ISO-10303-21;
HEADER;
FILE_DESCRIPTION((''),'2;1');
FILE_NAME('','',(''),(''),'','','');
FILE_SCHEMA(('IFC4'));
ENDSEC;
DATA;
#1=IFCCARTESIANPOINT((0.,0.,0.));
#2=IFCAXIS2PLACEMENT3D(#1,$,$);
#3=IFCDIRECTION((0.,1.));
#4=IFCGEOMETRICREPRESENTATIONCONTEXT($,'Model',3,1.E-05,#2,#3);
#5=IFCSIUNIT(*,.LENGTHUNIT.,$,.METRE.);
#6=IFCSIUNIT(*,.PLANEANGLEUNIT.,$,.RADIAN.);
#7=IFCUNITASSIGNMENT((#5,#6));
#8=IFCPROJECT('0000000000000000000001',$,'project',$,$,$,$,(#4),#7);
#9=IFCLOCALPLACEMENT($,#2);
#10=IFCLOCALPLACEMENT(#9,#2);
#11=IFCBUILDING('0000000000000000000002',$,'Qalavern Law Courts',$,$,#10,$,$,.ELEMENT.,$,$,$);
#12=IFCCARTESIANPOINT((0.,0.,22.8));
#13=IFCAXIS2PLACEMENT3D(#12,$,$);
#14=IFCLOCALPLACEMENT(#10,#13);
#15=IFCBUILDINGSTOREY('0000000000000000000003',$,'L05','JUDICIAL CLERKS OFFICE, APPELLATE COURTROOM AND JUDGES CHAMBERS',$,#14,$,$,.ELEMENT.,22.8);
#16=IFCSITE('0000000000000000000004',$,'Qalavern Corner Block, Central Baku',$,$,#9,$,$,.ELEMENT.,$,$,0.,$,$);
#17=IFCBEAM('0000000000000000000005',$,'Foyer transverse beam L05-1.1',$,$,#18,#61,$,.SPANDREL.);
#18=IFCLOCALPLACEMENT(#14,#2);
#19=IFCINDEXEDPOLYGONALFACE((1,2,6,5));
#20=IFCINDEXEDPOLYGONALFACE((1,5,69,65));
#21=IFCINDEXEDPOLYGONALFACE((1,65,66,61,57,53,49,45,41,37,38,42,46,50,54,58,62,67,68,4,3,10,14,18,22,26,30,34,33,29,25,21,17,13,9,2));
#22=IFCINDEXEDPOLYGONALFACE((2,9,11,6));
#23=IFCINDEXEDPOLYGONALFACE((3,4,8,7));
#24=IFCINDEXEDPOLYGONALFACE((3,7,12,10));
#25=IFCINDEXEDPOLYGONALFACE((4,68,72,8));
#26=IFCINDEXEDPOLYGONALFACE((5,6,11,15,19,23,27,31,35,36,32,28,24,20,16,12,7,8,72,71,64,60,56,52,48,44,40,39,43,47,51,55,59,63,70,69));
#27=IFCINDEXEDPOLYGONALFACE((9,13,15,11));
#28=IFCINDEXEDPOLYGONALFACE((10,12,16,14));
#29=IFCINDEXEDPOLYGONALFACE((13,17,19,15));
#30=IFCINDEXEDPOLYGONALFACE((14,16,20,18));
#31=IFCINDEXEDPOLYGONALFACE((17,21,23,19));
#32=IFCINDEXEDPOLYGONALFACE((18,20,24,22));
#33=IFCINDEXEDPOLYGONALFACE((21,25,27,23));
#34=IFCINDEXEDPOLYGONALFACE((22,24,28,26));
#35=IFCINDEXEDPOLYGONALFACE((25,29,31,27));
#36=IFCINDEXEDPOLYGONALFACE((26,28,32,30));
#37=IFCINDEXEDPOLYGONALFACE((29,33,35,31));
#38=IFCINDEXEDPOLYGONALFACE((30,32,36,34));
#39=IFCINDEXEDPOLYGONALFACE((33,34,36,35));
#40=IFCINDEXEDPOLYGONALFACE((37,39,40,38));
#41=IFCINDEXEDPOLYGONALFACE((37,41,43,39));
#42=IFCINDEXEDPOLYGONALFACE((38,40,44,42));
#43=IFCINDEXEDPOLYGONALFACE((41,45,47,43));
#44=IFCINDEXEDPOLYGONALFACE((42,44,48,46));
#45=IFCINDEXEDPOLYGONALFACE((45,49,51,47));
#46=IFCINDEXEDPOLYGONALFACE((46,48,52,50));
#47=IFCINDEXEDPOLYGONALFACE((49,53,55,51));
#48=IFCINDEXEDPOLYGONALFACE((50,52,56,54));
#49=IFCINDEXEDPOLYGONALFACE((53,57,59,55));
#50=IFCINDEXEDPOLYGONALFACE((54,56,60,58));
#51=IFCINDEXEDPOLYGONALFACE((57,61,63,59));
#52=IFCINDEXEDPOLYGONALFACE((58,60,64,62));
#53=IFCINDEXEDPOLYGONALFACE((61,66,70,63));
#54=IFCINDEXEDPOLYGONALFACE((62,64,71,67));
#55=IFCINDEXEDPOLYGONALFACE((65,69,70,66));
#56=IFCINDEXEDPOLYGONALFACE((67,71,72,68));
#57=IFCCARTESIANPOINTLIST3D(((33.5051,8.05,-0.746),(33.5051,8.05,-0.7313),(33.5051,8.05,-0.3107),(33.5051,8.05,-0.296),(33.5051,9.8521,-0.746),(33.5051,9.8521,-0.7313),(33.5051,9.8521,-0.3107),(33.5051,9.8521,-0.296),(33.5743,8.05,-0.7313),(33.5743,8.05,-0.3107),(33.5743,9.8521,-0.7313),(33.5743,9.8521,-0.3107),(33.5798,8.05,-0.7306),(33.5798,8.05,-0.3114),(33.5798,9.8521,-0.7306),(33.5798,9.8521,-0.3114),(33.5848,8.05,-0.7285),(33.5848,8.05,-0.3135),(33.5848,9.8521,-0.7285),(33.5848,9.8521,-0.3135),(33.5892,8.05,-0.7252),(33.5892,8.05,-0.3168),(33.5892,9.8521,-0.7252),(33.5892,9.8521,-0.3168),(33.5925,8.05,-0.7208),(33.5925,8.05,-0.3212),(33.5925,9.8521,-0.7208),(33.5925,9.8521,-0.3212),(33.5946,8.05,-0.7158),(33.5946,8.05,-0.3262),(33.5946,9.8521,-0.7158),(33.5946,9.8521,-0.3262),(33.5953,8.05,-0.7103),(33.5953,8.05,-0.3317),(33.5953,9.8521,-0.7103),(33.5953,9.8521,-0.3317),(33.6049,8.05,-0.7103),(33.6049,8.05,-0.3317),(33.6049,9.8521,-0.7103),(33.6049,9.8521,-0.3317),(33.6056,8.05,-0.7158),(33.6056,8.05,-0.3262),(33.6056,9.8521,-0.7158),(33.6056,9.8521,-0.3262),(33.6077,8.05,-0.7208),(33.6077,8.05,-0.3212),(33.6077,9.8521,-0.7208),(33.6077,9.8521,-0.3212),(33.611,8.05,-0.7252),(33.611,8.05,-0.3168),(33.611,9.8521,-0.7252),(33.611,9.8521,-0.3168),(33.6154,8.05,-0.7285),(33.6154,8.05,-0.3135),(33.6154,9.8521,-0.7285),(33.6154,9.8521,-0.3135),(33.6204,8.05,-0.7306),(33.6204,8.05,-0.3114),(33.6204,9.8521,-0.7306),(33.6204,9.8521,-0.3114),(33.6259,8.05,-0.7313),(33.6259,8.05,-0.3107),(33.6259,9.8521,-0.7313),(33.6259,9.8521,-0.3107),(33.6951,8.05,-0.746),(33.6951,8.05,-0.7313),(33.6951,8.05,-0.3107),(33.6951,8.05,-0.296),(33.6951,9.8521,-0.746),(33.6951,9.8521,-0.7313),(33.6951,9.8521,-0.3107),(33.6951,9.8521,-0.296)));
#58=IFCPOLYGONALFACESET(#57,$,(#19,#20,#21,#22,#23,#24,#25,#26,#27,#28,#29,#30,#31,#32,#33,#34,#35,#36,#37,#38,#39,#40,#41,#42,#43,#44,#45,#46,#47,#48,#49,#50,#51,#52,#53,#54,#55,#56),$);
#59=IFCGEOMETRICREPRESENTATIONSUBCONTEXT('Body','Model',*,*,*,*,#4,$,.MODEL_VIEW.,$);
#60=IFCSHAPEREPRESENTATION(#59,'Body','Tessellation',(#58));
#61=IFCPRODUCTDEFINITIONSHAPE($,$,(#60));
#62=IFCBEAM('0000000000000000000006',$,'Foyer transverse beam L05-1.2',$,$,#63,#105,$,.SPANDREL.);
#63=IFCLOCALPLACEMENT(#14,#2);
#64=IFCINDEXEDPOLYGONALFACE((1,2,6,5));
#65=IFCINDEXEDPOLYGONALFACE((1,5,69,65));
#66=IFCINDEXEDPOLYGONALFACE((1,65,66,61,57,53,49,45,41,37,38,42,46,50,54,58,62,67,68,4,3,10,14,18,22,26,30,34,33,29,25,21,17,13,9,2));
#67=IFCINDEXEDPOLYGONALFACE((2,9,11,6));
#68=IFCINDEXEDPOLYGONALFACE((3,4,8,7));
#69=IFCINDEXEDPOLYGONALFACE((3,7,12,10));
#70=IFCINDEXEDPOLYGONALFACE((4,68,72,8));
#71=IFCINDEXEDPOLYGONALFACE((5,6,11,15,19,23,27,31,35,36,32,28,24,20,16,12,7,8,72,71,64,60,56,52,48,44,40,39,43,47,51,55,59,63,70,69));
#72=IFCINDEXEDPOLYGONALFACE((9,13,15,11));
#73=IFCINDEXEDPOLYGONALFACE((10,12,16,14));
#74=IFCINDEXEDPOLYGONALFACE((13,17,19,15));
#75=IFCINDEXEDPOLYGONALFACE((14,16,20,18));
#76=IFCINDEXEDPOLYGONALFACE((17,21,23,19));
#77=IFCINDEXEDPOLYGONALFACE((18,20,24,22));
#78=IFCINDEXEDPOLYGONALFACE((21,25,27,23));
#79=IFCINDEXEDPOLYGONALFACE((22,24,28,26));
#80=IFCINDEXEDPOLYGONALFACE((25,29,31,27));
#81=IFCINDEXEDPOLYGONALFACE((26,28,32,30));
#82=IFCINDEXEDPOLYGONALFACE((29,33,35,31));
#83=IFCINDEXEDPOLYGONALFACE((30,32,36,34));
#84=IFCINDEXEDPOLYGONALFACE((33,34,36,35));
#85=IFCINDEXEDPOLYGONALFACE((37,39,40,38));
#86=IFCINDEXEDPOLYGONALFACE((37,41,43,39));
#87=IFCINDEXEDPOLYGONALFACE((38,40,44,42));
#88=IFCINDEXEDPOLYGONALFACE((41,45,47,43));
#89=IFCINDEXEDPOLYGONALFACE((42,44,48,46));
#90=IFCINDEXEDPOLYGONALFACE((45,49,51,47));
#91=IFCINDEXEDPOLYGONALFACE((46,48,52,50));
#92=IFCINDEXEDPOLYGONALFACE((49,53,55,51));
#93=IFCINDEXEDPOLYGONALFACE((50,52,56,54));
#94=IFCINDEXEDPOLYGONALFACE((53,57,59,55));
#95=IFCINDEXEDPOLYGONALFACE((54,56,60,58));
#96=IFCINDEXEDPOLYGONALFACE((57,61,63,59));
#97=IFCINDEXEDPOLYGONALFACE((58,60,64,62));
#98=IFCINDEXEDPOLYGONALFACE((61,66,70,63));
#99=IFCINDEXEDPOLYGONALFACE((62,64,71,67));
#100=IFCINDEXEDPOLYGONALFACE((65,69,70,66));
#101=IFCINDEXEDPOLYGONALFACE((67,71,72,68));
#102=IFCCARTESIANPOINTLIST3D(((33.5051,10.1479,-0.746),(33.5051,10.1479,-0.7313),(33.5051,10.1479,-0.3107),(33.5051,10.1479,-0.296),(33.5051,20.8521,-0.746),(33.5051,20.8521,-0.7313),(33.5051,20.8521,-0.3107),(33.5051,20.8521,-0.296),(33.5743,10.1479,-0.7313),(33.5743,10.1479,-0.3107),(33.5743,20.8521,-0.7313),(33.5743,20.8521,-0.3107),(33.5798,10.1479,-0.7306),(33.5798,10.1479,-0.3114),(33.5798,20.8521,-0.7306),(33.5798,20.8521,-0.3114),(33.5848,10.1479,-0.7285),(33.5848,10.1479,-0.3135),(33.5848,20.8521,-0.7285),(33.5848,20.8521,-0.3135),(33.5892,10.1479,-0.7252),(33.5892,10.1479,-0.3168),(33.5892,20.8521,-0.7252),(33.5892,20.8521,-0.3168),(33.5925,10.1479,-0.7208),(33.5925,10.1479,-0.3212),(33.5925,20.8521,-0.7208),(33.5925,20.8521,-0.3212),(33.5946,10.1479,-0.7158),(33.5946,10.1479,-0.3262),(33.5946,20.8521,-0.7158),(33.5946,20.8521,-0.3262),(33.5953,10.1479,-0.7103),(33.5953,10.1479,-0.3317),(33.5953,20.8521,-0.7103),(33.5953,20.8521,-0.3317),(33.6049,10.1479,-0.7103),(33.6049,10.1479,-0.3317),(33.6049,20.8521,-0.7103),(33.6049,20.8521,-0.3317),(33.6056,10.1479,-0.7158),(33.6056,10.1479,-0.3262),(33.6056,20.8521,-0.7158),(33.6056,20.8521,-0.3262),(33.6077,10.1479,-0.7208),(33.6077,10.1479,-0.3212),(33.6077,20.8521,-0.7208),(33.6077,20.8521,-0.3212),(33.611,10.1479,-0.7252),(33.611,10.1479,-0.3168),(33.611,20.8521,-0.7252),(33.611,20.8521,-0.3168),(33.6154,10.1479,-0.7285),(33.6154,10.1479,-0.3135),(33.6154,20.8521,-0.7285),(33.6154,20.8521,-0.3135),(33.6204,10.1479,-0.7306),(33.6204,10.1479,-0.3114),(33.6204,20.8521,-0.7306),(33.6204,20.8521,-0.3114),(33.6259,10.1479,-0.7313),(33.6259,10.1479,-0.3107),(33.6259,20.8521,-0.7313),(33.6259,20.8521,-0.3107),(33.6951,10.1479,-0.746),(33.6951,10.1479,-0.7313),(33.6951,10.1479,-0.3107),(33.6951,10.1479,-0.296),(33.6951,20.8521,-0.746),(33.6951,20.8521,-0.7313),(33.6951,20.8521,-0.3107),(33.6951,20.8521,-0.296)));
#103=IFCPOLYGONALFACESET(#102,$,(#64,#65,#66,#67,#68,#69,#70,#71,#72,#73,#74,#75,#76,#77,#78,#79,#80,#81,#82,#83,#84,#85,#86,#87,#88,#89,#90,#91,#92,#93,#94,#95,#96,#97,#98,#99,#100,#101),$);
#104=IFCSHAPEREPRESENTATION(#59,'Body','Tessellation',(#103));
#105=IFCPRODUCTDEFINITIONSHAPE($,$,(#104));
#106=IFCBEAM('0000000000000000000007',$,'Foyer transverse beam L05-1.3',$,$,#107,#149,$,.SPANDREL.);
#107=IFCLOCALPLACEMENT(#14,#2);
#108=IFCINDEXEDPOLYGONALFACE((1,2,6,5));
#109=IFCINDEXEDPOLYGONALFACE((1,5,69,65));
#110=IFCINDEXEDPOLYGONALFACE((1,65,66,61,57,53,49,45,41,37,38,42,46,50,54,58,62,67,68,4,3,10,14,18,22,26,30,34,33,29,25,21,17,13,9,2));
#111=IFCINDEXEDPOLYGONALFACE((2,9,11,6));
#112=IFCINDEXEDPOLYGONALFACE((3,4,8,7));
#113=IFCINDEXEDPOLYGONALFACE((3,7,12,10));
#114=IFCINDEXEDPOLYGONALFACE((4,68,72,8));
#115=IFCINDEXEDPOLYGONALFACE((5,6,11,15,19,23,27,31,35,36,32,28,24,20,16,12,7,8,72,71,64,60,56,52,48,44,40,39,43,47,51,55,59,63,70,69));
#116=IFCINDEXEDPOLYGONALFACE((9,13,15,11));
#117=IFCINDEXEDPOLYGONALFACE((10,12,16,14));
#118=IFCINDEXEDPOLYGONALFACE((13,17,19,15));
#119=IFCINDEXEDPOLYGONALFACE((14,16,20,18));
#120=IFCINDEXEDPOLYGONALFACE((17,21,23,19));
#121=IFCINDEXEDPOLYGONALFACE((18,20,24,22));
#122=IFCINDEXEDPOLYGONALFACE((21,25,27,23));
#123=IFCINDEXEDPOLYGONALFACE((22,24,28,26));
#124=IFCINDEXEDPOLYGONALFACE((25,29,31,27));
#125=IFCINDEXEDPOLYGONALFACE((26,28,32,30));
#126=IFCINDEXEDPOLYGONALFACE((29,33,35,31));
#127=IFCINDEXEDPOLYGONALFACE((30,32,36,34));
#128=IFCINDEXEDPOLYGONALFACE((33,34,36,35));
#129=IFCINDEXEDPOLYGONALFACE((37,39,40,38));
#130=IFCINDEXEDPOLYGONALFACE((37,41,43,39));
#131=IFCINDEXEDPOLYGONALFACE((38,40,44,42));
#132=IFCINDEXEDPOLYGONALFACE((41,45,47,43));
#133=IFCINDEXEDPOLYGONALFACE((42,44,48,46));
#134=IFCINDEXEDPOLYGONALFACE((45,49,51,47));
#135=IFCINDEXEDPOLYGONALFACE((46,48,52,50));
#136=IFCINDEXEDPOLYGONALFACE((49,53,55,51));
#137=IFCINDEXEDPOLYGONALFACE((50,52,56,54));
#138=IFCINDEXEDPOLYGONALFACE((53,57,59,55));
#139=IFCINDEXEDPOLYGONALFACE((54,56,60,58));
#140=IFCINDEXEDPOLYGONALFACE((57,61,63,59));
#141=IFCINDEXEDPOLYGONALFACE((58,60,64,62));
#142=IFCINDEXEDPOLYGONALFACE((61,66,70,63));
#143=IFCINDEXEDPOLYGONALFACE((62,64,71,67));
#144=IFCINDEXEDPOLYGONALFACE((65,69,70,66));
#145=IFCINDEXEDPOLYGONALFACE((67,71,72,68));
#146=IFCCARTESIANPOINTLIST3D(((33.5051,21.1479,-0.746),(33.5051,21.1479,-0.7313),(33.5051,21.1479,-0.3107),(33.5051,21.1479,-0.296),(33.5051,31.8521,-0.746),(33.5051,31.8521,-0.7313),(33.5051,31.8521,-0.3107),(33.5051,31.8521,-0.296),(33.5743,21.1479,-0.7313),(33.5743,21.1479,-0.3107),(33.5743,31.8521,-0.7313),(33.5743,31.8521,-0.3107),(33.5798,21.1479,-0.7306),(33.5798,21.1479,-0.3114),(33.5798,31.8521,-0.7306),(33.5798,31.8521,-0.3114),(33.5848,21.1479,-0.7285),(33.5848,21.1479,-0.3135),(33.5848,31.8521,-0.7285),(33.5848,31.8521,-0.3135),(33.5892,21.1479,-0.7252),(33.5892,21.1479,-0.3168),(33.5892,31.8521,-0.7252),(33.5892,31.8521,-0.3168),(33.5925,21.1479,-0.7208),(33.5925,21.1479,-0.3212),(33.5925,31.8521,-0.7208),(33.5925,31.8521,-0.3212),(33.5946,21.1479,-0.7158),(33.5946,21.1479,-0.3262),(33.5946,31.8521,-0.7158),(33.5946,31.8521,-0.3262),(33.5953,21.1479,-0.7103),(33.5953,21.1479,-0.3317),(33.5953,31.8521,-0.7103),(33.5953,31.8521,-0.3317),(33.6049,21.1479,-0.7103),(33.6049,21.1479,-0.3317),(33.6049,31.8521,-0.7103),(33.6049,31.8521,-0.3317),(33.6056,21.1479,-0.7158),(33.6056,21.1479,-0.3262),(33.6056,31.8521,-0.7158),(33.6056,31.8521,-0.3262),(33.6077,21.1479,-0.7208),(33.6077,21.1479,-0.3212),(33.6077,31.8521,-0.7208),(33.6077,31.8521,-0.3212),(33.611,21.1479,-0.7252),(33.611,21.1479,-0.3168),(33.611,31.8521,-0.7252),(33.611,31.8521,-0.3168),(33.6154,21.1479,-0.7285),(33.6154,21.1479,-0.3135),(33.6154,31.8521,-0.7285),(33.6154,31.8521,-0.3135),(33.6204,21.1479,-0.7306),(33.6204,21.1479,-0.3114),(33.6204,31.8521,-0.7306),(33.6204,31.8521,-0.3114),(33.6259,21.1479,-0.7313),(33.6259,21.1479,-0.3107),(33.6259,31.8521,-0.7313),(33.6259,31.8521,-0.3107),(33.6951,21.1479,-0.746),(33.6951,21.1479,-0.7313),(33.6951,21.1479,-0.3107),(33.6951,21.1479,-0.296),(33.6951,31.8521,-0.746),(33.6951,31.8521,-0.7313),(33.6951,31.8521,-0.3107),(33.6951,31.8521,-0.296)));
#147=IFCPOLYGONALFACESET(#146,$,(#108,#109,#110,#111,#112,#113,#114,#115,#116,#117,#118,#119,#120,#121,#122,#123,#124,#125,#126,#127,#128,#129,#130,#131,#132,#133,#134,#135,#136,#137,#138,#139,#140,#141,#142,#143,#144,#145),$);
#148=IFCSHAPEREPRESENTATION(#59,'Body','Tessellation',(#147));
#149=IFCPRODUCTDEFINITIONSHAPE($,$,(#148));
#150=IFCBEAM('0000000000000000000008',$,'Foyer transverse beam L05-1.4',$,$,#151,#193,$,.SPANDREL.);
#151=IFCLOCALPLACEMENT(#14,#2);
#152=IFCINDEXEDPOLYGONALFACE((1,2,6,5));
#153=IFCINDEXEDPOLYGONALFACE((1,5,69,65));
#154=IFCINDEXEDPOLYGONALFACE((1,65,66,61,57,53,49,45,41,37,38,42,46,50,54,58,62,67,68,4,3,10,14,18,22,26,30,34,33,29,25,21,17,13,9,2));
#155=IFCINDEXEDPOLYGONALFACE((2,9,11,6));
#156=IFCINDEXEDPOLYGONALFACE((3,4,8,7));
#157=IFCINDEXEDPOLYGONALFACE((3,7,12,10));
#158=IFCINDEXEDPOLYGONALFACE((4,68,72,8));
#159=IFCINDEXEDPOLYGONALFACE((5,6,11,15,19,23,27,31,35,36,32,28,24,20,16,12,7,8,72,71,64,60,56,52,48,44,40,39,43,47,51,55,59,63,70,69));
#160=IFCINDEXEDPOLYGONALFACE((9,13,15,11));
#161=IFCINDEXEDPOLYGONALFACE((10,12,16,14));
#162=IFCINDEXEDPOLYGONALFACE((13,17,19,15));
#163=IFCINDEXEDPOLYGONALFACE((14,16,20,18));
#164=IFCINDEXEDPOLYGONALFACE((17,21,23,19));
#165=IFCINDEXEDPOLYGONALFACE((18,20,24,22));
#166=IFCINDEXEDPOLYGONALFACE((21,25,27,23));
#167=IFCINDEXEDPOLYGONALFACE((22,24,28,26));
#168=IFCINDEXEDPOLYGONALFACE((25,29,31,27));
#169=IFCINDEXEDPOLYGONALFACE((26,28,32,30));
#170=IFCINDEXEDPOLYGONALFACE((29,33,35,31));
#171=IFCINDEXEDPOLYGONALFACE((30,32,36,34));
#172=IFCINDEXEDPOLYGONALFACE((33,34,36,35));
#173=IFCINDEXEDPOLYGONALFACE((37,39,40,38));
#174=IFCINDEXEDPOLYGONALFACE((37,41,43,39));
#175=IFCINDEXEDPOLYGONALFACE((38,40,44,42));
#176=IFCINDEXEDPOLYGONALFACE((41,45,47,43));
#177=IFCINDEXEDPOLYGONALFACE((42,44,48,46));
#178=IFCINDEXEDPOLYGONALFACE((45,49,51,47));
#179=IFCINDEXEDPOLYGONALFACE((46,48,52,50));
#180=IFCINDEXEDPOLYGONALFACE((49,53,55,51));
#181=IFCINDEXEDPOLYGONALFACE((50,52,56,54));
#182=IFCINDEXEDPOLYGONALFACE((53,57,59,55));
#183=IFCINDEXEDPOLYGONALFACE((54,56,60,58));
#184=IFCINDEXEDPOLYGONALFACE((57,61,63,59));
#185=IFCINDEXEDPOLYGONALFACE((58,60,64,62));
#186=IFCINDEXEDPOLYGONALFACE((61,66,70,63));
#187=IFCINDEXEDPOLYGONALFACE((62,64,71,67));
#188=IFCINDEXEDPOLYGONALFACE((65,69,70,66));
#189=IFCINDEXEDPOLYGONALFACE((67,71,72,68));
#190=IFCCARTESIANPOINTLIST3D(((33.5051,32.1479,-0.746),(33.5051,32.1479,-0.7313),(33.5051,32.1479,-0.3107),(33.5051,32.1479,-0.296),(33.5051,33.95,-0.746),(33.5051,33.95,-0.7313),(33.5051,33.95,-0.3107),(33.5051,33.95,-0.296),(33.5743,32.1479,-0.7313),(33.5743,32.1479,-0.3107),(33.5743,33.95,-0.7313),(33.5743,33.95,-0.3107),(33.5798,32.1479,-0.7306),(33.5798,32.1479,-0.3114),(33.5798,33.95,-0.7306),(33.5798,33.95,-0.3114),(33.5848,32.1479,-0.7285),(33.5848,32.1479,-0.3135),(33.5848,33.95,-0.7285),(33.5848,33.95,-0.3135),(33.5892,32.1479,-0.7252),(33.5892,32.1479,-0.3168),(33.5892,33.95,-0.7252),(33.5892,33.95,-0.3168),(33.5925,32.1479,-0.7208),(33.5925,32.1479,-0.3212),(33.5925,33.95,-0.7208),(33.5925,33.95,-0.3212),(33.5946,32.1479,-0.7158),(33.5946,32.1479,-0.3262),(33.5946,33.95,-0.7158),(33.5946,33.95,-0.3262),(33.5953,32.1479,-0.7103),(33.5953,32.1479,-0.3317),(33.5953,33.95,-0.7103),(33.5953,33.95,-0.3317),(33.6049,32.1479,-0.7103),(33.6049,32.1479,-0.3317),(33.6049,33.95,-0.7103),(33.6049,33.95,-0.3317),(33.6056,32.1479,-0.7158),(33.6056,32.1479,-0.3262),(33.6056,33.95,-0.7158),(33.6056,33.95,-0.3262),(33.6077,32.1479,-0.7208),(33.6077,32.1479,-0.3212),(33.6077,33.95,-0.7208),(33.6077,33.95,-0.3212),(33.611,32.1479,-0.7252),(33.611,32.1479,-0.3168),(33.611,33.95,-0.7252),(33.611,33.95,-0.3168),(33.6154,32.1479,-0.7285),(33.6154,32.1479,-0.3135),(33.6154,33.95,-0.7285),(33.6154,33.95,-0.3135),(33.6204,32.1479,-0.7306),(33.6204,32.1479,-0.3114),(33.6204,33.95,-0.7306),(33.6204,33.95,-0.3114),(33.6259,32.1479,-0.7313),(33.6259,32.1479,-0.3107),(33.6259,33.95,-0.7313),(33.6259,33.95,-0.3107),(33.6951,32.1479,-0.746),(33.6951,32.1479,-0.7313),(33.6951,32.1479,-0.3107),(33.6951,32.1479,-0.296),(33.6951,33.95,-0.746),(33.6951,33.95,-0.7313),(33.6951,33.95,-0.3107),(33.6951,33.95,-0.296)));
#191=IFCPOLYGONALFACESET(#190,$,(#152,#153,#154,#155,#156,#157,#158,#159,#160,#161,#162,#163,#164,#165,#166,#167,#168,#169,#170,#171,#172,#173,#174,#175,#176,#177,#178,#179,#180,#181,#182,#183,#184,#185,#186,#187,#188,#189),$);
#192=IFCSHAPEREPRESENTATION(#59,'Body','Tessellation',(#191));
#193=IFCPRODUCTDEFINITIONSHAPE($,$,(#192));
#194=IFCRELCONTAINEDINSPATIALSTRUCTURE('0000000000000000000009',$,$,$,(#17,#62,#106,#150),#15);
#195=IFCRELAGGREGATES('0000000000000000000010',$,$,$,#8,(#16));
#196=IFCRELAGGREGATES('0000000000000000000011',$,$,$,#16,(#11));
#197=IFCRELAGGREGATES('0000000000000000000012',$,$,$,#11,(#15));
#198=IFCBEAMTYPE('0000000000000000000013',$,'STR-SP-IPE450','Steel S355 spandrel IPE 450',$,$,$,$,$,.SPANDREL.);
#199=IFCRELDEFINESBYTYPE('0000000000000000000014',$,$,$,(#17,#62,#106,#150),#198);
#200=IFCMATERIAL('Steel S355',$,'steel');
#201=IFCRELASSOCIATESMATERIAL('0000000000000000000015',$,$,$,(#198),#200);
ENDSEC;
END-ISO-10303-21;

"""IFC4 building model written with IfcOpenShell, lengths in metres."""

from ifc_helpers import new_model, si_unit, direction, frame, origin, origin_2d, place, context, subcontext, project, spatial, i_section, extrude, material, material_profile, profile_set, type_object, element, save


model = new_model("IFC4")

# Units and contexts
model_context = context("Model", 3, precision=1e-05, world=origin(), true_north=direction((0.0, 1.0)))
body_context = subcontext(model_context, "Body", "Model", "MODEL_VIEW")
ifc_project = project(units=[si_unit("LENGTHUNIT", "METRE"), si_unit("PLANEANGLEUNIT", "RADIAN")], contexts=[model_context])

# Site, building, storey
site_placement = place(None, origin())
site = spatial("IfcSite", under=ifc_project, at=site_placement, Name="Qalavern Corner Block, Central Baku", CompositionType="ELEMENT", RefElevation=0.0)
building_placement = place(site_placement, origin())
building = spatial("IfcBuilding", under=site, at=building_placement, Name="Qalavern Law Courts", CompositionType="ELEMENT")
storey_placement = place(building_placement, frame((0.0, 0.0, 22.8)))
storey = spatial("IfcBuildingStorey", under=building, at=storey_placement, Name="L05", Description="JUDICIAL CLERKS OFFICE, APPELLATE COURTROOM AND JUDGES CHAMBERS", CompositionType="ELEMENT", Elevation=22.8)

# Beams
ifc_material_1 = material(Name="Steel S355", Category="steel")
ifc_material_profile_1 = material_profile(ifc_material_1, i_section(OverallWidth=0.1899, OverallDepth=0.45, WebThickness=0.0095, FlangeThickness=0.0146, FilletRadius=0.021, at=origin_2d()), Name="IPE 450")
ifc_profile_set_1 = profile_set([ifc_material_profile_1], Name="Steel S355")
beam_type_1 = type_object("IfcBeamType", Name="STR-SP-IPE450", Description="Steel S355 spandrel IPE 450", PredefinedType="SPANDREL", material=ifc_profile_set_1)
beam_1_placement = place(storey_placement, frame((33.6001, 8.05, -0.521), z_axis=(0.0, 1.0, 0.0), x_axis=(-1.0, 0.0, 0.0)))
element("IfcBeam", 1, at=beam_1_placement, inside=storey, type_object=beam_type_1, Name="Foyer transverse beam L05-1.1", PredefinedType="SPANDREL", context=body_context, shape_type="SweptSolid", body=[
    extrude(i_section(OverallWidth=0.1899, OverallDepth=0.45, WebThickness=0.0095, FlangeThickness=0.0146, FilletRadius=0.021, at=origin_2d()), origin(), (0.0, 0.0, 1.0), 1.802),
])
for number, where, z_axis, x_axis, name in (
    (2, (33.6001, 10.1479, -0.521), (0.0, 1.0, 0.0), (-1.0, 0.0, 0.0), "Foyer transverse beam L05-1.2"),
    (3, (33.6001, 21.1479, -0.521), (0.0, 1.0, 0.0), (-1.0, 0.0, 0.0), "Foyer transverse beam L05-1.3"),
):
    element("IfcBeam", number, at=place(storey_placement, frame(where, z_axis=z_axis, x_axis=x_axis)), inside=storey, type_object=beam_type_1, Name=name, PredefinedType="SPANDREL", context=body_context, shape_type="SweptSolid", body=[
        extrude(i_section(OverallWidth=0.1899, OverallDepth=0.45, WebThickness=0.0095, FlangeThickness=0.0146, FilletRadius=0.021, at=origin_2d()), origin(), (0.0, 0.0, 1.0), 10.7041),
    ])
beam_2_placement = place(storey_placement, frame((33.6001, 32.1479, -0.521), z_axis=(0.0, 1.0, 0.0), x_axis=(-1.0, 0.0, 0.0)))
element("IfcBeam", 4, at=beam_2_placement, inside=storey, type_object=beam_type_1, Name="Foyer transverse beam L05-1.4", PredefinedType="SPANDREL", context=body_context, shape_type="SweptSolid", body=[
    extrude(i_section(OverallWidth=0.1899, OverallDepth=0.45, WebThickness=0.0095, FlangeThickness=0.0146, FilletRadius=0.021, at=origin_2d()), origin(), (0.0, 0.0, 1.0), 1.802),
])

save(model, "model.ifc")
